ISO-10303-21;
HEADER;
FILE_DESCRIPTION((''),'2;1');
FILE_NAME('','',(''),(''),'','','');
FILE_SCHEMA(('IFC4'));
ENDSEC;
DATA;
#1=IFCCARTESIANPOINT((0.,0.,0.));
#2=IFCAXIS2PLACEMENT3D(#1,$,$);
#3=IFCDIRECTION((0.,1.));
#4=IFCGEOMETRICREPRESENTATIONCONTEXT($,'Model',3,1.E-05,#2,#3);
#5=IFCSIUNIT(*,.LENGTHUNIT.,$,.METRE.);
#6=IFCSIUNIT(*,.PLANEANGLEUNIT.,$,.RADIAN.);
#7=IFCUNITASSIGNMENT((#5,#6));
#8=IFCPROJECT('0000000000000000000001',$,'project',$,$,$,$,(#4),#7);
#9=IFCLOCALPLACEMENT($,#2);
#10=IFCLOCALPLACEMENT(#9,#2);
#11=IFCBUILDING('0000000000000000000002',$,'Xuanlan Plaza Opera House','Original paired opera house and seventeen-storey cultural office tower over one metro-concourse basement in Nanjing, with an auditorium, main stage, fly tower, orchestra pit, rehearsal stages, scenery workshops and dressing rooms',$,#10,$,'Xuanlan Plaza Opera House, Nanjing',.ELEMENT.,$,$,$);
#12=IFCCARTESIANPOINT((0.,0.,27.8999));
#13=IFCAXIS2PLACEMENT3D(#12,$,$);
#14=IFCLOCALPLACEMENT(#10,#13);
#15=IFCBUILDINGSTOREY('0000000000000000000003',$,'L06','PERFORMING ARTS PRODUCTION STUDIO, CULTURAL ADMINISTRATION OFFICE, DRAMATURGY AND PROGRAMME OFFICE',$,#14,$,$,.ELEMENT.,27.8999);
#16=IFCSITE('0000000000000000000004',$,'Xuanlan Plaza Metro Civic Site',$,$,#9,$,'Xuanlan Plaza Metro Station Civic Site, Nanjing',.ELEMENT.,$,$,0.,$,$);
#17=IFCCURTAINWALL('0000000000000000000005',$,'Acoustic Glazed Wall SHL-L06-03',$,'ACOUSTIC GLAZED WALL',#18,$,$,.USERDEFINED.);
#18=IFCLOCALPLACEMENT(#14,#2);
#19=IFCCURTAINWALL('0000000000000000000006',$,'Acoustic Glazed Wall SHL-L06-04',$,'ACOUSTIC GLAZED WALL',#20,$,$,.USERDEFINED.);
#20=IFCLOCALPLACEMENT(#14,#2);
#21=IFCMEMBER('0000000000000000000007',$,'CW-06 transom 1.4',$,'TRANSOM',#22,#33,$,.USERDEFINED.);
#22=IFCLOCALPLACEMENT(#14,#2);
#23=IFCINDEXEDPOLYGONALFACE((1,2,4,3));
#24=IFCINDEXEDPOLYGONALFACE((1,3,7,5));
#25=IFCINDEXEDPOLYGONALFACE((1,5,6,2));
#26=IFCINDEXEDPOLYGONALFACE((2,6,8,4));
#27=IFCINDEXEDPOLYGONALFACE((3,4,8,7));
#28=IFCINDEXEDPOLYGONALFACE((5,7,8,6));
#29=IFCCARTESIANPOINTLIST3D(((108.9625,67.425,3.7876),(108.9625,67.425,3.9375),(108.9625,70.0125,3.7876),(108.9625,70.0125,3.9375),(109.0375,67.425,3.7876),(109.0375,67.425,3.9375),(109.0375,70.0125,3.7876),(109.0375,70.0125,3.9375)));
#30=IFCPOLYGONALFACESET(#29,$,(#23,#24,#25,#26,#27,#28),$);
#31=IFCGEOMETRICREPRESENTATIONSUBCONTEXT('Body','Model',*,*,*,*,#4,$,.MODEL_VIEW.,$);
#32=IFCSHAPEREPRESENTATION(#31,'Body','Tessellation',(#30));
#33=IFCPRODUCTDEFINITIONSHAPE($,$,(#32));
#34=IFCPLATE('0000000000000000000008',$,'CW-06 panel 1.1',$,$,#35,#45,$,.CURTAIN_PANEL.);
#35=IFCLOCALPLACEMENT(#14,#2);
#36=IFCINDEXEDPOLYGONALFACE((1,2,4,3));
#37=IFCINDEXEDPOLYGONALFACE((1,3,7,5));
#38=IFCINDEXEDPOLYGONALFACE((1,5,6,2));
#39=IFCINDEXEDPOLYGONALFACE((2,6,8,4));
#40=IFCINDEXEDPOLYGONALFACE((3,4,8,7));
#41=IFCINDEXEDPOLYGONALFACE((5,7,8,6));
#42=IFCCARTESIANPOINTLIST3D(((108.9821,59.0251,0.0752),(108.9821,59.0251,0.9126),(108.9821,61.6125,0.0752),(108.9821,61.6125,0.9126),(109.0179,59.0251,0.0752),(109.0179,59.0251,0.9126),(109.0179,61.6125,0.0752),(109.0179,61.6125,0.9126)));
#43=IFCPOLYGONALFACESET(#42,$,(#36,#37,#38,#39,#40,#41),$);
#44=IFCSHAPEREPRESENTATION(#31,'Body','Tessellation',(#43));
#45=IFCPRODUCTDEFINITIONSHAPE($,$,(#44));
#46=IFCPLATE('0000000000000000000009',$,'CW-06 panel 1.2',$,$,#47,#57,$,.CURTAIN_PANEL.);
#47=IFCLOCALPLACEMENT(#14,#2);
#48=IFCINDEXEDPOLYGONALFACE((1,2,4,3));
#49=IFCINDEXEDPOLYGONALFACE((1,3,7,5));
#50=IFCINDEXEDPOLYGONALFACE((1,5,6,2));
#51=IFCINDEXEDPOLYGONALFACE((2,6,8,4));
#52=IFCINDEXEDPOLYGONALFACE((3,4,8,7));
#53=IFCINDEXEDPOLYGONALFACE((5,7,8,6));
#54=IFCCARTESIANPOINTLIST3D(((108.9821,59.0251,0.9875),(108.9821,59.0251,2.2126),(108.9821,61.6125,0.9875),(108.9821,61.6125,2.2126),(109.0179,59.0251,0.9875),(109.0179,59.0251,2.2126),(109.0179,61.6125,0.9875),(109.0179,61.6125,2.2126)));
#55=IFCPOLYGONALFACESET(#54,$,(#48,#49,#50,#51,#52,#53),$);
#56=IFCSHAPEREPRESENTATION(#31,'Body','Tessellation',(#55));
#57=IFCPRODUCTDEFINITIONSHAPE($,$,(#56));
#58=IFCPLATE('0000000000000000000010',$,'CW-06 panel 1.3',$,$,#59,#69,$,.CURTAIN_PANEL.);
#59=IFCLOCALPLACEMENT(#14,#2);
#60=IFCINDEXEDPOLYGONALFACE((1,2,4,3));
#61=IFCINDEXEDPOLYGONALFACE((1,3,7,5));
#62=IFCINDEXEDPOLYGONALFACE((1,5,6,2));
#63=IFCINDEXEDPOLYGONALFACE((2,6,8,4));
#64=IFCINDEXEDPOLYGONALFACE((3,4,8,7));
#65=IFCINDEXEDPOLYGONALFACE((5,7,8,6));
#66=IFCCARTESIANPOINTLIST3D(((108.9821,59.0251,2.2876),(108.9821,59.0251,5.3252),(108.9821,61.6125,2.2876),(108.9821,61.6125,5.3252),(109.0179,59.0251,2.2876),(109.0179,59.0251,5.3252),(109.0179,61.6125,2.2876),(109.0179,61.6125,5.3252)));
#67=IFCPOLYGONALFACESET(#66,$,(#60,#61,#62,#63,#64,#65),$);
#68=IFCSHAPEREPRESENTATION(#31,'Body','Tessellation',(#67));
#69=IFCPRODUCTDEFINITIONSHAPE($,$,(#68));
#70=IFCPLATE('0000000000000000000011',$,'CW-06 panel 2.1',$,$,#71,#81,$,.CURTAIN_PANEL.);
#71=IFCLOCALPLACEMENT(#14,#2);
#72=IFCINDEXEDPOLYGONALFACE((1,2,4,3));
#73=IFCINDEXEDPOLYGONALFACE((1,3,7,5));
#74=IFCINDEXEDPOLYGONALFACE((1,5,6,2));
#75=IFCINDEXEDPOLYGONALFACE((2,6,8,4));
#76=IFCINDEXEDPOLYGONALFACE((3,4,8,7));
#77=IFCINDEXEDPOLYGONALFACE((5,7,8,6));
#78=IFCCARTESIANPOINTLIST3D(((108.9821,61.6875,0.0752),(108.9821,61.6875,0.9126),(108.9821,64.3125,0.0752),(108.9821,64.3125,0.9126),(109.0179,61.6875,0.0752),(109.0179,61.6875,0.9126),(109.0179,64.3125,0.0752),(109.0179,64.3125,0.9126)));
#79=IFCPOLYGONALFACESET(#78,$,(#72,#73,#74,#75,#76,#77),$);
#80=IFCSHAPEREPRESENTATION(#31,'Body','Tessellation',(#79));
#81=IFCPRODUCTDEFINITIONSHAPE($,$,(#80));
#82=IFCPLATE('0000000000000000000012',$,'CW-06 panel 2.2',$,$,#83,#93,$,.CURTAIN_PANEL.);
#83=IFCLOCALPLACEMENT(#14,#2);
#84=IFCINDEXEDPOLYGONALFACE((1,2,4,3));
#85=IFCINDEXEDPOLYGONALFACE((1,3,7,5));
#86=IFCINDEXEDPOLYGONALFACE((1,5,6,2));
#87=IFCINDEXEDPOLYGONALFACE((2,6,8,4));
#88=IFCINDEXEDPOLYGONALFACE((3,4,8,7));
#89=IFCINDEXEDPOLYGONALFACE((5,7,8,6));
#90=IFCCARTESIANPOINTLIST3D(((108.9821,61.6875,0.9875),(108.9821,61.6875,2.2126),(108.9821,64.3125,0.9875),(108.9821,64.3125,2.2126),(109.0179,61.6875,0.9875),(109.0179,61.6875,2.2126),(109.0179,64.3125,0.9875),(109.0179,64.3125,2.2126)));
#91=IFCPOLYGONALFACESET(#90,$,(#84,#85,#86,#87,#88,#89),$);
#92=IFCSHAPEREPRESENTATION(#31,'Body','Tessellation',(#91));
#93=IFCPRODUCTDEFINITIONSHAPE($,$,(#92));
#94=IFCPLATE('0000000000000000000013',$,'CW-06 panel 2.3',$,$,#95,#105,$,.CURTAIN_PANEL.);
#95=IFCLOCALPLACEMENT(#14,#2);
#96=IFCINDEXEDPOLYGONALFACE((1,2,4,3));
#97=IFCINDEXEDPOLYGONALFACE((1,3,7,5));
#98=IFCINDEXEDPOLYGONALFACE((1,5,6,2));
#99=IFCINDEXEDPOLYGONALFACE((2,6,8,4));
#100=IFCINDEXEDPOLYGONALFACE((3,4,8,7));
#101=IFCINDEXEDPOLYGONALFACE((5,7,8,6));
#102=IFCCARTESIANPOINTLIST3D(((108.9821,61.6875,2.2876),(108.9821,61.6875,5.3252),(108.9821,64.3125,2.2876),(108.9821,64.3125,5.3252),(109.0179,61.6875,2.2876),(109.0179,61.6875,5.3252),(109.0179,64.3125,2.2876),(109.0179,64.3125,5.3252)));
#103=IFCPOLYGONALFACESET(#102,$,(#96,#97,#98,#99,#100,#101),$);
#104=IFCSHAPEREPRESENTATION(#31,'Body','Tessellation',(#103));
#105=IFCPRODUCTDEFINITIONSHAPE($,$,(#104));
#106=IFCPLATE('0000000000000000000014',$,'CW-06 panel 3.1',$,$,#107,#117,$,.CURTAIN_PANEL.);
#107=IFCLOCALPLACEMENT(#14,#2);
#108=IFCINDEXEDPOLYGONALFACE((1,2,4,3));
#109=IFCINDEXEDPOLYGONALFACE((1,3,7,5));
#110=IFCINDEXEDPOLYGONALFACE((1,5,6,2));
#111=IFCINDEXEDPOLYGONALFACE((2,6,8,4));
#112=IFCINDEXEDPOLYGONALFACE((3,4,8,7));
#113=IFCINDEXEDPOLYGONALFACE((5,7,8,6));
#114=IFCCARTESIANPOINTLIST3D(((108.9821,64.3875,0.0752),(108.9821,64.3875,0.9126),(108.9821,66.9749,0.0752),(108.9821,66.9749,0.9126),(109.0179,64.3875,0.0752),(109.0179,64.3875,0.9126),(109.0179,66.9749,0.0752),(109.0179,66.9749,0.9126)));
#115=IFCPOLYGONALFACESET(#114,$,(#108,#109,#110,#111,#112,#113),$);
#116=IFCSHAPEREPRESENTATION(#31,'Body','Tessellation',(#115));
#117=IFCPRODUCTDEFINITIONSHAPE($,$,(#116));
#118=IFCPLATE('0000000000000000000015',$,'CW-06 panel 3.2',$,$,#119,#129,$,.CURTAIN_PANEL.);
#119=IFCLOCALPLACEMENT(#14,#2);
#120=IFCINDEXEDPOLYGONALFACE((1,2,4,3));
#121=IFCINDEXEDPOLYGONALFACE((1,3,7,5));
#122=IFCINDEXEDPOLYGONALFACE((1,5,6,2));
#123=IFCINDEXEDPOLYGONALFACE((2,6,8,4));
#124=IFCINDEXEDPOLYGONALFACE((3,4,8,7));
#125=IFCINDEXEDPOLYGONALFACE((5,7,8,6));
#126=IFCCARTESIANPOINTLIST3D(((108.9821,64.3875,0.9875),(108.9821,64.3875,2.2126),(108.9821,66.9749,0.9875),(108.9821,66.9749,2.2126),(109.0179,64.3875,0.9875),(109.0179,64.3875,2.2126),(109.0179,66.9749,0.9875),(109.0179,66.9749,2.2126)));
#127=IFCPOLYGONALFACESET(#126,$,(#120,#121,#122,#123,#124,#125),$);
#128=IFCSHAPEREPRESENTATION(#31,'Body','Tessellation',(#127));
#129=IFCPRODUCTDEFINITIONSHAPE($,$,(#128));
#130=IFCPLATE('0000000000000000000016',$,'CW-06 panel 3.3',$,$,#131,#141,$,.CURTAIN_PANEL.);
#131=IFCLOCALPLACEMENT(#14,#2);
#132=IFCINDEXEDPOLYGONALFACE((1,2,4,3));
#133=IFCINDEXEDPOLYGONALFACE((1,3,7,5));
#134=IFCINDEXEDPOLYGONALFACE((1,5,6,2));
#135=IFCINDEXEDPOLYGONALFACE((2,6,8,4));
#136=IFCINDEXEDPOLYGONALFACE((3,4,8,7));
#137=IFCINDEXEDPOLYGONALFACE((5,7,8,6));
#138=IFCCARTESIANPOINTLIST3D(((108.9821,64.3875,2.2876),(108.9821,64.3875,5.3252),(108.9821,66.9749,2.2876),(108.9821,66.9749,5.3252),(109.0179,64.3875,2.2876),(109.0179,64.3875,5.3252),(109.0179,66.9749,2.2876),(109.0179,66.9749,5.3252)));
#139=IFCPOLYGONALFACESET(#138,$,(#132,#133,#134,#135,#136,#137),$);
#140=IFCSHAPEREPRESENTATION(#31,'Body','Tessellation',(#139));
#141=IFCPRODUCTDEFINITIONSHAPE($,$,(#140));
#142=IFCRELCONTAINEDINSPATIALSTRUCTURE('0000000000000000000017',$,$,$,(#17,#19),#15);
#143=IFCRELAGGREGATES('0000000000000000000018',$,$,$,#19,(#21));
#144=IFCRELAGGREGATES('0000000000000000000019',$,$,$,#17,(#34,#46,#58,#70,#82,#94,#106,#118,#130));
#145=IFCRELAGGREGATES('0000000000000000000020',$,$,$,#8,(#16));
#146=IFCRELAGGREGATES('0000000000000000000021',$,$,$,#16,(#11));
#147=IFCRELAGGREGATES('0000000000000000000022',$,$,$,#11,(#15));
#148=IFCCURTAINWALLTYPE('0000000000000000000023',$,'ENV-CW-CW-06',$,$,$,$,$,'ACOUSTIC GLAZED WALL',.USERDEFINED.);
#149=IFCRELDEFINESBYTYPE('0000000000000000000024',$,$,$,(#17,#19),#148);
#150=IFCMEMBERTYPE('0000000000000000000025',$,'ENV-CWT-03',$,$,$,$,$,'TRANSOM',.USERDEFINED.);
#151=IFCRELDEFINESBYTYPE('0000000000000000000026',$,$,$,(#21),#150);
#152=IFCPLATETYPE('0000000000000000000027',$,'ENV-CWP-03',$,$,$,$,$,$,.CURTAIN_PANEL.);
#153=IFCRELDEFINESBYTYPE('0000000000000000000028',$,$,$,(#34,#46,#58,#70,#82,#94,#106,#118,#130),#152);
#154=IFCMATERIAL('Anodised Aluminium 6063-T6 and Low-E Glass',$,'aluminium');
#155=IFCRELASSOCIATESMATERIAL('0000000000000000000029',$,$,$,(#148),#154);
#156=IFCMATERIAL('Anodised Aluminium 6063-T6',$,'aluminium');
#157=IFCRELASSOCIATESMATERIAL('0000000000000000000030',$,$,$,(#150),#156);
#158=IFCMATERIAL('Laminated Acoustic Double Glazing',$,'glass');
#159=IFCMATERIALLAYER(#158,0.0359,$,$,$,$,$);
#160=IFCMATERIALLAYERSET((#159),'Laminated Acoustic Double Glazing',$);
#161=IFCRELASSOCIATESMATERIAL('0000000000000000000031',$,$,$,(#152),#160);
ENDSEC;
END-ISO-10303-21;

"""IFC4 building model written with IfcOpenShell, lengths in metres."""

from ifc_helpers import new_model, si_unit, direction, frame, origin, origin_2d, place, context, subcontext, project, spatial, rectangle, extrude, material, layer, layer_set, material_profile, profile_set, type_object, element, aggregate, save


model = new_model("IFC4")

# Units and contexts
model_context = context("Model", 3, precision=1e-05, world=origin(), true_north=direction((0.0, 1.0)))
body_context = subcontext(model_context, "Body", "Model", "MODEL_VIEW")
ifc_project = project(units=[si_unit("LENGTHUNIT", "METRE"), si_unit("PLANEANGLEUNIT", "RADIAN")], contexts=[model_context])

# Site, building, storey
site_placement = place(None, origin())
site = spatial("IfcSite", under=ifc_project, at=site_placement, Name="Xuanlan Plaza Metro Civic Site", LongName="Xuanlan Plaza Metro Station Civic Site, Nanjing", CompositionType="ELEMENT", RefElevation=0.0)
building_placement = place(site_placement, origin())
building = spatial("IfcBuilding", under=site, at=building_placement, Name="Xuanlan Plaza Opera House", Description="Original paired opera house and seventeen-storey cultural office tower over one metro-concourse basement in Nanjing, with an auditorium, main stage, fly tower, orchestra pit, rehearsal stages, scenery workshops and dressing rooms", LongName="Xuanlan Plaza Opera House, Nanjing", CompositionType="ELEMENT")
storey_placement = place(building_placement, frame((0.0, 0.0, 27.8999)))
storey = spatial("IfcBuildingStorey", under=building, at=storey_placement, Name="L06", Description="PERFORMING ARTS PRODUCTION STUDIO, CULTURAL ADMINISTRATION OFFICE, DRAMATURGY AND PROGRAMME OFFICE", CompositionType="ELEMENT", Elevation=27.8999)

# Curtain wall
ifc_material_1 = material(Name="Anodised Aluminium 6063-T6 and Low-E Glass", Category="aluminium")
curtain_wall_type = type_object("IfcCurtainWallType", Name="ENV-CW-CW-06", ElementType="ACOUSTIC GLAZED WALL", PredefinedType="USERDEFINED", material=ifc_material_1)
curtain_wall_1_placement = place(storey_placement, origin())
curtain_wall_1 = element("IfcCurtainWall", 1, at=curtain_wall_1_placement, inside=storey, type_object=curtain_wall_type, Name="Acoustic Glazed Wall SHL-L06-03", ObjectType="ACOUSTIC GLAZED WALL", PredefinedType="USERDEFINED")
ifc_material_2 = material(Name="Anodised Aluminium 6063-T6", Category="aluminium")

# Curtain wall
curtain_wall_2_placement = place(storey_placement, origin())
curtain_wall_2 = element("IfcCurtainWall", 2, at=curtain_wall_2_placement, inside=storey, type_object=curtain_wall_type, Name="Acoustic Glazed Wall SHL-L06-04", ObjectType="ACOUSTIC GLAZED WALL", PredefinedType="USERDEFINED")

# Member
ifc_material_profile_1 = material_profile(ifc_material_2, rectangle(XDim=0.075, YDim=0.1499, at=origin_2d()), Name="ALU-T 75x150")
ifc_profile_set_1 = profile_set([ifc_material_profile_1], Name="Anodised Aluminium 6063-T6")
member_type_1 = type_object("IfcMemberType", Name="ENV-CWT-03", ElementType="TRANSOM", PredefinedType="USERDEFINED", material=ifc_profile_set_1)
member_1_placement = place(storey_placement, frame((109.0, 67.425, 3.8625), z_axis=(0.0, 1.0, 0.0), x_axis=(-1.0, 0.0, 0.0)))
member_1 = element("IfcMember", 3, at=member_1_placement, type_object=member_type_1, Name="CW-06 transom 1.4", ObjectType="TRANSOM", PredefinedType="USERDEFINED", context=body_context, shape_type="SweptSolid", body=[
    extrude(rectangle(XDim=0.075, YDim=0.1499, at=origin_2d()), origin(), (0.0, 0.0, 1.0), 2.5874),
])
aggregate(curtain_wall_2, [member_1])

# Plates
ifc_material_3 = material(Name="Laminated Acoustic Double Glazing", Category="glass")
ifc_layer = layer(ifc_material_3, 0.0359)
ifc_layer_set = layer_set([ifc_layer], Name="Laminated Acoustic Double Glazing")
plate_type = type_object("IfcPlateType", Name="ENV-CWP-03", PredefinedType="CURTAIN_PANEL", material=ifc_layer_set)
plate_1_placement = place(storey_placement, frame((109.0, 60.3188, 0.0752), z_axis=(0.0, 0.0, 1.0), x_axis=(0.0, 1.0, 0.0)))
plate_1 = element("IfcPlate", 4, at=plate_1_placement, type_object=plate_type, Name="CW-06 panel 1.1", PredefinedType="CURTAIN_PANEL", context=body_context, shape_type="SweptSolid", body=[
    extrude(rectangle(XDim=2.5874, YDim=0.0359, at=origin_2d()), origin(), (0.0, 0.0, 1.0), 0.8374),
])
plate_2_placement = place(storey_placement, frame((109.0, 60.3188, 0.9875), z_axis=(0.0, 0.0, 1.0), x_axis=(0.0, 1.0, 0.0)))
plate_2 = element("IfcPlate", 5, at=plate_2_placement, type_object=plate_type, Name="CW-06 panel 1.2", PredefinedType="CURTAIN_PANEL", context=body_context, shape_type="SweptSolid", body=[
    extrude(rectangle(XDim=2.5874, YDim=0.0359, at=origin_2d()), origin(), (0.0, 0.0, 1.0), 1.2251),
])
plate_3_placement = place(storey_placement, frame((109.0, 60.3188, 2.2876), z_axis=(0.0, 0.0, 1.0), x_axis=(0.0, 1.0, 0.0)))
plate_3 = element("IfcPlate", 6, at=plate_3_placement, type_object=plate_type, Name="CW-06 panel 1.3", PredefinedType="CURTAIN_PANEL", context=body_context, shape_type="SweptSolid", body=[
    extrude(rectangle(XDim=2.5874, YDim=0.0359, at=origin_2d()), origin(), (0.0, 0.0, 1.0), 3.0376),
])
plate_4_placement = place(storey_placement, frame((109.0, 63.0, 0.0752), z_axis=(0.0, 0.0, 1.0), x_axis=(0.0, 1.0, 0.0)))
plate_4 = element("IfcPlate", 7, at=plate_4_placement, type_object=plate_type, Name="CW-06 panel 2.1", PredefinedType="CURTAIN_PANEL", context=body_context, shape_type="SweptSolid", body=[
    extrude(rectangle(XDim=2.625, YDim=0.0359, at=origin_2d()), origin(), (0.0, 0.0, 1.0), 0.8374),
])
plate_5_placement = place(storey_placement, frame((109.0, 63.0, 0.9875), z_axis=(0.0, 0.0, 1.0), x_axis=(0.0, 1.0, 0.0)))
plate_5 = element("IfcPlate", 8, at=plate_5_placement, type_object=plate_type, Name="CW-06 panel 2.2", PredefinedType="CURTAIN_PANEL", context=body_context, shape_type="SweptSolid", body=[
    extrude(rectangle(XDim=2.625, YDim=0.0359, at=origin_2d()), origin(), (0.0, 0.0, 1.0), 1.2251),
])
plate_6_placement = place(storey_placement, frame((109.0, 63.0, 2.2876), z_axis=(0.0, 0.0, 1.0), x_axis=(0.0, 1.0, 0.0)))
plate_6 = element("IfcPlate", 9, at=plate_6_placement, type_object=plate_type, Name="CW-06 panel 2.3", PredefinedType="CURTAIN_PANEL", context=body_context, shape_type="SweptSolid", body=[
    extrude(rectangle(XDim=2.625, YDim=0.0359, at=origin_2d()), origin(), (0.0, 0.0, 1.0), 3.0376),
])
plate_7_placement = place(storey_placement, frame((109.0, 65.6812, 0.0752), z_axis=(0.0, 0.0, 1.0), x_axis=(0.0, 1.0, 0.0)))
plate_7 = element("IfcPlate", 10, at=plate_7_placement, type_object=plate_type, Name="CW-06 panel 3.1", PredefinedType="CURTAIN_PANEL", context=body_context, shape_type="SweptSolid", body=[
    extrude(rectangle(XDim=2.5874, YDim=0.0359, at=origin_2d()), origin(), (0.0, 0.0, 1.0), 0.8374),
])
plate_8_placement = place(storey_placement, frame((109.0, 65.6812, 0.9875), z_axis=(0.0, 0.0, 1.0), x_axis=(0.0, 1.0, 0.0)))
plate_8 = element("IfcPlate", 11, at=plate_8_placement, type_object=plate_type, Name="CW-06 panel 3.2", PredefinedType="CURTAIN_PANEL", context=body_context, shape_type="SweptSolid", body=[
    extrude(rectangle(XDim=2.5874, YDim=0.0359, at=origin_2d()), origin(), (0.0, 0.0, 1.0), 1.2251),
])
plate_9_placement = place(storey_placement, frame((109.0, 65.6812, 2.2876), z_axis=(0.0, 0.0, 1.0), x_axis=(0.0, 1.0, 0.0)))
plate_9 = element("IfcPlate", 12, at=plate_9_placement, type_object=plate_type, Name="CW-06 panel 3.3", PredefinedType="CURTAIN_PANEL", context=body_context, shape_type="SweptSolid", body=[
    extrude(rectangle(XDim=2.5874, YDim=0.0359, at=origin_2d()), origin(), (0.0, 0.0, 1.0), 3.0376),
])
aggregate(curtain_wall_1, [plate_1, plate_2, plate_3, plate_4, plate_5, plate_6, plate_7, plate_8, plate_9])

save(model, "model.ifc")
